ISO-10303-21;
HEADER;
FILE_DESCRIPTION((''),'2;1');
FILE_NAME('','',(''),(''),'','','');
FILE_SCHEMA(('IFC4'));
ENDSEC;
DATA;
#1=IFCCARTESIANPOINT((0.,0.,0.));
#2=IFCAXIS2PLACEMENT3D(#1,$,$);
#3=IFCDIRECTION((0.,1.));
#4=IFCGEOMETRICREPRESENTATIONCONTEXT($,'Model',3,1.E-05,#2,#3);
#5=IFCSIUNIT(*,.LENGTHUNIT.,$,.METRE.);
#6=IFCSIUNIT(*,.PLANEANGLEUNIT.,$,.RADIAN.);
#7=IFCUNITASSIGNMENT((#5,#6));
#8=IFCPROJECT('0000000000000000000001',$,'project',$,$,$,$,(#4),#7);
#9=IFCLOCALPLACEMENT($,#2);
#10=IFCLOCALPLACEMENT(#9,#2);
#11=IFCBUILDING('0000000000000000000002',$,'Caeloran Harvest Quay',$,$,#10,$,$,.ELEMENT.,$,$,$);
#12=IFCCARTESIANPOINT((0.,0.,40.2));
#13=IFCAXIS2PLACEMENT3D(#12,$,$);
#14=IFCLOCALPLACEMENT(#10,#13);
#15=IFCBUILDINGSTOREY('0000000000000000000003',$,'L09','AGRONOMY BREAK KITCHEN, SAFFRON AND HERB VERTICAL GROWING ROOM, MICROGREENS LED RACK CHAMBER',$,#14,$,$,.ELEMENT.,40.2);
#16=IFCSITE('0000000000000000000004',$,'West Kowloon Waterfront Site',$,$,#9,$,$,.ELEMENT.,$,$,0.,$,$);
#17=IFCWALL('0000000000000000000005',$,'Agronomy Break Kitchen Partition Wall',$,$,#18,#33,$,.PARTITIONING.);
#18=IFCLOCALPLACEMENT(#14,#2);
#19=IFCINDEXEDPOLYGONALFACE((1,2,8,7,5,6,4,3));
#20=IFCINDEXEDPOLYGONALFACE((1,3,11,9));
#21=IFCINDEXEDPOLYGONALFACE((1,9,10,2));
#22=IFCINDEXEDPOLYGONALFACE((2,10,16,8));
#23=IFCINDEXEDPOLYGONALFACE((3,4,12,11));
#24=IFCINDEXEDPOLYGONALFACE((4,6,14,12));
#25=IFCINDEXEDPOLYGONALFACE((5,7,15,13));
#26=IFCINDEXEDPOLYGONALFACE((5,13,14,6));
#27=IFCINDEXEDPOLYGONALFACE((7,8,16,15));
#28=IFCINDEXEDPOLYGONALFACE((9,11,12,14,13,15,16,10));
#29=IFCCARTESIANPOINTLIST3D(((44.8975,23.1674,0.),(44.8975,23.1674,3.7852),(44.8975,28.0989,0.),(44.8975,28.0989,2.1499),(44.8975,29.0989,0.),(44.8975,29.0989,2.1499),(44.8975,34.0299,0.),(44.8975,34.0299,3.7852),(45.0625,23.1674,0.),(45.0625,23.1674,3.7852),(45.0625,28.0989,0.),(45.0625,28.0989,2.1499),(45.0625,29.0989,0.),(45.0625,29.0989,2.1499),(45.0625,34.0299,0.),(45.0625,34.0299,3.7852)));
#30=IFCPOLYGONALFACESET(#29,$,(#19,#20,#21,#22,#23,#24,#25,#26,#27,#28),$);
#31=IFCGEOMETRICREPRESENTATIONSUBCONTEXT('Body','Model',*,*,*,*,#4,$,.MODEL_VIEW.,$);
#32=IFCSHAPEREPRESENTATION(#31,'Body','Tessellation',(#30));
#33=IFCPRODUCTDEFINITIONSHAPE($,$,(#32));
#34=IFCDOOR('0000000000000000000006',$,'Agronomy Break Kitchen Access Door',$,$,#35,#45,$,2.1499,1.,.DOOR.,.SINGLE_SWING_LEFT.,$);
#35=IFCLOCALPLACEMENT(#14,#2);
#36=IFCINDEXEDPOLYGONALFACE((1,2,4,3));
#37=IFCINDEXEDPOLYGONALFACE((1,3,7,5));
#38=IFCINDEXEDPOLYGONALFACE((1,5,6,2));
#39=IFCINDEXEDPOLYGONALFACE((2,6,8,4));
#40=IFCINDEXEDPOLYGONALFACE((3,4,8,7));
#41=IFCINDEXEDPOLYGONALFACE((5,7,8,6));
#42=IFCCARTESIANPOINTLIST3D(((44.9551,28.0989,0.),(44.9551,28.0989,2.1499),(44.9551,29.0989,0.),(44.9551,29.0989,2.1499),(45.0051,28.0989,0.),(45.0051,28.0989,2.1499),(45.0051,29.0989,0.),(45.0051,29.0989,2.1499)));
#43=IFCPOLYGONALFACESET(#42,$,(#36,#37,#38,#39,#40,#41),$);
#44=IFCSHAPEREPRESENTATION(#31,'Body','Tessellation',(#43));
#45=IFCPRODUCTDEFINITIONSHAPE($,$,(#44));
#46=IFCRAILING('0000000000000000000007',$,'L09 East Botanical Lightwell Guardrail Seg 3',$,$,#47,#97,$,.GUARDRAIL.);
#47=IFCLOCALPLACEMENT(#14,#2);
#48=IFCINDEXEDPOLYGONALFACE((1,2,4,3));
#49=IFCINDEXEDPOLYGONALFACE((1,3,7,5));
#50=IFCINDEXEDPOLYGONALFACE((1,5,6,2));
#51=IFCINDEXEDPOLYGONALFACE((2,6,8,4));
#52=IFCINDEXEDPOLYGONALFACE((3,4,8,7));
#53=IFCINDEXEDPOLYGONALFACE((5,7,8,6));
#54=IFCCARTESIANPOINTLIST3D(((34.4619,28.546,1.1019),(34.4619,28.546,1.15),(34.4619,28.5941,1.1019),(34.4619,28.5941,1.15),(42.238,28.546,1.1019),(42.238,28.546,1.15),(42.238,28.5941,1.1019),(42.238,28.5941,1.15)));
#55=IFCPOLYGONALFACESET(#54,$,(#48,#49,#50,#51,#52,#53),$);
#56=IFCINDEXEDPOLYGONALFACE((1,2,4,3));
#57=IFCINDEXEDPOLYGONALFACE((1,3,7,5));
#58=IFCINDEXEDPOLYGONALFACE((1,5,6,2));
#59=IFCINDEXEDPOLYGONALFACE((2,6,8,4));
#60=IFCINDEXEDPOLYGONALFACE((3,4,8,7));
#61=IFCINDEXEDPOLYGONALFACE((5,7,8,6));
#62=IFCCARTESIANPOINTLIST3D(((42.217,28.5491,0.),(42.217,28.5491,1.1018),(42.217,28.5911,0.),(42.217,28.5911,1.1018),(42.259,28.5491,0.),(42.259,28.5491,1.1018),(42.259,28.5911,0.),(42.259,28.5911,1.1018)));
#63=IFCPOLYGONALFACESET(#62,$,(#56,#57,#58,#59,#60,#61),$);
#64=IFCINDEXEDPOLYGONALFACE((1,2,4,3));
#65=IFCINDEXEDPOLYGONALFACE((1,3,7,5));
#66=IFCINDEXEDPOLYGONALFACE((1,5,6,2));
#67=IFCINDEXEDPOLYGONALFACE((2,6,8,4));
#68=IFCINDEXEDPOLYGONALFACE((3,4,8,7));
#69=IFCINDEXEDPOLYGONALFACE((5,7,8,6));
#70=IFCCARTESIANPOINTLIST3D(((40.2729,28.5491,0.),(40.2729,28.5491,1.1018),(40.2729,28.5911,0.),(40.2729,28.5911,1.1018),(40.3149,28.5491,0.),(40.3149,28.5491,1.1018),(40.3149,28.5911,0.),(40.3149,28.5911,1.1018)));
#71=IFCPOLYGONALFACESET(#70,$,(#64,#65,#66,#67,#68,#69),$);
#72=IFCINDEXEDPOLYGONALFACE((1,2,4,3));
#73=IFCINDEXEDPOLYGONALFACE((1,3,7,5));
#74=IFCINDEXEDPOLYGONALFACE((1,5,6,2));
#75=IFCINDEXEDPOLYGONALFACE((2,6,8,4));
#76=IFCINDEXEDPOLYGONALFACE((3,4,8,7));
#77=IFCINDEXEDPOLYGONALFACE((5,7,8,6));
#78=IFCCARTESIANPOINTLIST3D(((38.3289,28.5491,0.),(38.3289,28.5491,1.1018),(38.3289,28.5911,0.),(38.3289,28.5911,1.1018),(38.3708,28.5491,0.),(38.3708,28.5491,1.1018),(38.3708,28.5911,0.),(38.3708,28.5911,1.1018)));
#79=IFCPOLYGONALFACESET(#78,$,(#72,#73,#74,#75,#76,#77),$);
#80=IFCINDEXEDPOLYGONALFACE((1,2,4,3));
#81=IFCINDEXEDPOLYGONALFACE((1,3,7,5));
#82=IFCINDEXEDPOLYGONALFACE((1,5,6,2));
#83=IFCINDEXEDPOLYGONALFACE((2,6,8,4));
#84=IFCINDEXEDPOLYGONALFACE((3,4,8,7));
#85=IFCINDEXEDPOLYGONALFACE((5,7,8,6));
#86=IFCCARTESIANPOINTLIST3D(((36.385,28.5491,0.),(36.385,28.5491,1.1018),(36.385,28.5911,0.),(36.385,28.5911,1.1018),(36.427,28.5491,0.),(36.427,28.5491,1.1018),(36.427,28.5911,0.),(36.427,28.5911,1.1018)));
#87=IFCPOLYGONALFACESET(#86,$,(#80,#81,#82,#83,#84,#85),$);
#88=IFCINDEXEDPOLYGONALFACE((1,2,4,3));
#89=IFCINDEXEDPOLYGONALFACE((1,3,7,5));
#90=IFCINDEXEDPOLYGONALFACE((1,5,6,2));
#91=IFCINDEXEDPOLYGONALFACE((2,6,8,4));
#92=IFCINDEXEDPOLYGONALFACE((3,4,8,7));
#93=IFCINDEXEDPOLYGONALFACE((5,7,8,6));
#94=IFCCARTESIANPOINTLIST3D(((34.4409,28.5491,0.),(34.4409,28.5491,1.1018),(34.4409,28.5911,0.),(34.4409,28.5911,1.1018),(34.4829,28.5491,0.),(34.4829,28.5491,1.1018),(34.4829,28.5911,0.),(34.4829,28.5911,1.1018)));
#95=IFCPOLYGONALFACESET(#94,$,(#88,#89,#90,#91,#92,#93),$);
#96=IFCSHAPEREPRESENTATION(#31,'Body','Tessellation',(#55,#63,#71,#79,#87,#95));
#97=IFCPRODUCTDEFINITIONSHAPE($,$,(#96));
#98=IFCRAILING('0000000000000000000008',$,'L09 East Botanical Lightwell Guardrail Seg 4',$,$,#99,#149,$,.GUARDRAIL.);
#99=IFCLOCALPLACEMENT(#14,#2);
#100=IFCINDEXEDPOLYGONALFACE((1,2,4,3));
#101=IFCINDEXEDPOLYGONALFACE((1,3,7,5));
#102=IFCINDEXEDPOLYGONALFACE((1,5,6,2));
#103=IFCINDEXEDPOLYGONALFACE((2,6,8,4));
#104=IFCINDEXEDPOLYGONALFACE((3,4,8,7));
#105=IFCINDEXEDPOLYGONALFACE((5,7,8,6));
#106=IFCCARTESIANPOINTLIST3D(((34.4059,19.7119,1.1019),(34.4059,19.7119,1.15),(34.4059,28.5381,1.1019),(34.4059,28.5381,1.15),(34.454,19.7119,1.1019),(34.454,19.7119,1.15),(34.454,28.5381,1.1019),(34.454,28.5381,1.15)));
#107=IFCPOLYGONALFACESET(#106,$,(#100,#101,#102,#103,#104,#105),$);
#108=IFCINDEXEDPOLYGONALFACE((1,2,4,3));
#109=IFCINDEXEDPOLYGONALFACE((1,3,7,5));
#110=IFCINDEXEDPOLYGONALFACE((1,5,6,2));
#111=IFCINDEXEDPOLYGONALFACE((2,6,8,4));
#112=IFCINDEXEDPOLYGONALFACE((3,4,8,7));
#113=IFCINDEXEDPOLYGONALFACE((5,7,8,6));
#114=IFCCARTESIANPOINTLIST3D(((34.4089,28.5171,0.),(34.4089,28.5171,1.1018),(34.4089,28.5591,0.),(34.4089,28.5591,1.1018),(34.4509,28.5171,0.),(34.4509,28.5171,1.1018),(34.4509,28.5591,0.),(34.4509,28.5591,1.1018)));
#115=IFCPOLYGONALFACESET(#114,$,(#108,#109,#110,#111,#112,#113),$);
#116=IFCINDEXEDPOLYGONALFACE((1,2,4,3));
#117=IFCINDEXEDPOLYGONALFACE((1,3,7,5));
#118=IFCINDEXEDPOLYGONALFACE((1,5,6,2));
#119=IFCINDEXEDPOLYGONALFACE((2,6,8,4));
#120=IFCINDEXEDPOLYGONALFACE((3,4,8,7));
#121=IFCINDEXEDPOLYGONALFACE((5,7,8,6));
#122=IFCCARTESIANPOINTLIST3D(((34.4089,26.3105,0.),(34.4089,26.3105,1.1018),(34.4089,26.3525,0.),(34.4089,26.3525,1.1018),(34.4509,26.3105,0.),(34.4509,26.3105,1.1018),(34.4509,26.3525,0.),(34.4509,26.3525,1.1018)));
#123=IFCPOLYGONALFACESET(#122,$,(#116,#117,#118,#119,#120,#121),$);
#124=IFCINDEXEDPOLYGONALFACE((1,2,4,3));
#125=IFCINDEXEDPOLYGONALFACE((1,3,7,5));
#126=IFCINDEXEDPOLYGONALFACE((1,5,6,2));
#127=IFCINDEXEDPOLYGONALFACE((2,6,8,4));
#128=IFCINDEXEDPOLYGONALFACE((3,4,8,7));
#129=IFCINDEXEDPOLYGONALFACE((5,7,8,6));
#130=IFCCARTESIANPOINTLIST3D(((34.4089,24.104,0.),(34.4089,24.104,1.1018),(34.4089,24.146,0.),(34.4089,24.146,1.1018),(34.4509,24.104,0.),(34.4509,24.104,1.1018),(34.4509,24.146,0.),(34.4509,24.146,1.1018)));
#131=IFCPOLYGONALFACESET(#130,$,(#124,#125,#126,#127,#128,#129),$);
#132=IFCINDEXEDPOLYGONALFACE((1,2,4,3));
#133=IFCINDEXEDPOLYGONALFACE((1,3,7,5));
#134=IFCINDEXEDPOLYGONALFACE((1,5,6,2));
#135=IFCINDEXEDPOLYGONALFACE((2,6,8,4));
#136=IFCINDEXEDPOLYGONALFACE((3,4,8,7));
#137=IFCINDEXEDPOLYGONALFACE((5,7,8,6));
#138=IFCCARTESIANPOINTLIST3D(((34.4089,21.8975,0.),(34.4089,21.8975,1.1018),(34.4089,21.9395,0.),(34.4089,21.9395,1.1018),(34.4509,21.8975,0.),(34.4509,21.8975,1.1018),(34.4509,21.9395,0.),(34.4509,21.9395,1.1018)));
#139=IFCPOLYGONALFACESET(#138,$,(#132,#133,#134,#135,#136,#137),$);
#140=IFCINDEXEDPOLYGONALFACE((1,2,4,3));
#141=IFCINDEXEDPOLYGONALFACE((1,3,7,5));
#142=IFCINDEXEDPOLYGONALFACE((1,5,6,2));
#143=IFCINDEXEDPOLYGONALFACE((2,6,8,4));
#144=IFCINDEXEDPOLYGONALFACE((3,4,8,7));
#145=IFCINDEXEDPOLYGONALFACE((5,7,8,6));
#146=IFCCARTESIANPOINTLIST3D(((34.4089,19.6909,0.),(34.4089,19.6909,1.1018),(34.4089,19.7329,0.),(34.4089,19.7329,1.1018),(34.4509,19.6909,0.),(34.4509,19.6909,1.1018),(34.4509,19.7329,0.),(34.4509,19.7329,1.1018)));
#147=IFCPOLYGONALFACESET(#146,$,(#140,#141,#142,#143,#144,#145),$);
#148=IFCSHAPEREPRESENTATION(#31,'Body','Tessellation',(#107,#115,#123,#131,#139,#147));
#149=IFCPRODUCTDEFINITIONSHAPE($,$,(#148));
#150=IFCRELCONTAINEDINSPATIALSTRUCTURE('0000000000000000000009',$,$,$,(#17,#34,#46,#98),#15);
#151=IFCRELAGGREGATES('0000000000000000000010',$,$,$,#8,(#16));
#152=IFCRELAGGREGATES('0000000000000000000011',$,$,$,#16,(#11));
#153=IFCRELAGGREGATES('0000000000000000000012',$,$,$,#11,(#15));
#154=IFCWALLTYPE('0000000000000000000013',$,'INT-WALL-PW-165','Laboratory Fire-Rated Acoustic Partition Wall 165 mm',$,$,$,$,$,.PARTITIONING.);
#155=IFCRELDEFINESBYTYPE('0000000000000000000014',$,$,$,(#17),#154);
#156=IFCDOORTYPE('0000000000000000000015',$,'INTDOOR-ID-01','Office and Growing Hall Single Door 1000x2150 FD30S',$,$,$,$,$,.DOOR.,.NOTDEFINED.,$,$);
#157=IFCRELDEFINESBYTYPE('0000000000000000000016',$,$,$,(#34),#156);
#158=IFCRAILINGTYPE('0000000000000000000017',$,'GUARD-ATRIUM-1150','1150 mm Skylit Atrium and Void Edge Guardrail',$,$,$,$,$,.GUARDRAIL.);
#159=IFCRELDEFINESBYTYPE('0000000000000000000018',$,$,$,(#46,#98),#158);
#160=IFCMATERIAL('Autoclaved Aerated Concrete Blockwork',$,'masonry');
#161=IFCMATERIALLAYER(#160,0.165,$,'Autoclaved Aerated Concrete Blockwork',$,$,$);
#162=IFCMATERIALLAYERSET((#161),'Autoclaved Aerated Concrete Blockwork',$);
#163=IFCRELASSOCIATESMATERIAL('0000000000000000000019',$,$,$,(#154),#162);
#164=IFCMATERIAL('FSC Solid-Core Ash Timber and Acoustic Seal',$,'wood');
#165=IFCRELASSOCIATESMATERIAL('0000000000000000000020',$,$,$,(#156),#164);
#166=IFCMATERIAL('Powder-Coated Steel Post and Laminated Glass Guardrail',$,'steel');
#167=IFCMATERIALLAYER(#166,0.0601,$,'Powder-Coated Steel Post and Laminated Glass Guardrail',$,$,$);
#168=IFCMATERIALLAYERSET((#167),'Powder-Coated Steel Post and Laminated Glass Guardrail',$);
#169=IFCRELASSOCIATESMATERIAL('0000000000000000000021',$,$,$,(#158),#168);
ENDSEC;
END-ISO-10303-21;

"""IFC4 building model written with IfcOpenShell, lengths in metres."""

from ifc_helpers import new_model, si_unit, direction, frame, frame_2d, origin, origin_2d, place, context, subcontext, project, spatial, rectangle, extrude, material, layer, layer_set, type_object, element, fill, save


model = new_model("IFC4")

# Units and contexts
model_context = context("Model", 3, precision=1e-05, world=origin(), true_north=direction((0.0, 1.0)))
body_context = subcontext(model_context, "Body", "Model", "MODEL_VIEW")
ifc_project = project(units=[si_unit("LENGTHUNIT", "METRE"), si_unit("PLANEANGLEUNIT", "RADIAN")], contexts=[model_context])

# Site, building, storey
site_placement = place(None, origin())
site = spatial("IfcSite", under=ifc_project, at=site_placement, Name="West Kowloon Waterfront Site", CompositionType="ELEMENT", RefElevation=0.0)
building_placement = place(site_placement, origin())
building = spatial("IfcBuilding", under=site, at=building_placement, Name="Caeloran Harvest Quay", CompositionType="ELEMENT")
storey_placement = place(building_placement, frame((0.0, 0.0, 40.2)))
storey = spatial("IfcBuildingStorey", under=building, at=storey_placement, Name="L09", Description="AGRONOMY BREAK KITCHEN, SAFFRON AND HERB VERTICAL GROWING ROOM, MICROGREENS LED RACK CHAMBER", CompositionType="ELEMENT", Elevation=40.2)

# Shared definitions
ifc_material_1 = material(Name="Autoclaved Aerated Concrete Blockwork", Category="masonry")
ifc_layer_1 = layer(ifc_material_1, 0.165, Name="Autoclaved Aerated Concrete Blockwork")
ifc_layer_set_1 = layer_set([ifc_layer_1], Name="Autoclaved Aerated Concrete Blockwork")
wall_type = type_object("IfcWallType", Name="INT-WALL-PW-165", Description="Laboratory Fire-Rated Acoustic Partition Wall 165 mm", PredefinedType="PARTITIONING", material=ifc_layer_set_1)

# Wall, opening, door
wall_1_placement = place(storey_placement, frame((44.98, 23.1675, 0.0), z_axis=(0.0, 0.0, 1.0), x_axis=(0.0, 1.0, 0.0)))
wall_1 = element("IfcWall", 1, at=wall_1_placement, inside=storey, type_object=wall_type, Name="Agronomy Break Kitchen Partition Wall", PredefinedType="PARTITIONING", context=body_context, shape_type="SweptSolid", body=[
    extrude(rectangle(XDim=10.8625, YDim=0.165, at=frame_2d((5.4312, 0.0))), origin(), (0.0, 0.0, 1.0), 3.7852),
])
opening_placement = place(wall_1_placement, frame((4.9314, 0.0, 0.0)))
opening = element("IfcOpeningElement", 2, at=opening_placement, cuts=wall_1, PredefinedType="OPENING", context=body_context, shape_type="SweptSolid", body=[
    extrude(rectangle(XDim=1.0, YDim=2.1499, at=frame_2d((0.5, 1.075))), frame((0.0, 0.0925, 0.0), z_axis=(0.0, -1.0, 0.0), x_axis=(1.0, 0.0, 0.0)), (0.0, 0.0, 1.0), 0.1851),
])
ifc_material_2 = material(Name="FSC Solid-Core Ash Timber and Acoustic Seal", Category="wood")
door_type = type_object("IfcDoorType", Name="INTDOOR-ID-01", Description="Office and Growing Hall Single Door 1000x2150 FD30S", OperationType="NOTDEFINED", PredefinedType="DOOR", material=ifc_material_2)
door_placement = place(opening_placement, origin())
door = element("IfcDoor", 3, at=door_placement, inside=storey, type_object=door_type, Name="Agronomy Break Kitchen Access Door", OperationType="SINGLE_SWING_LEFT", OverallHeight=2.1499, OverallWidth=1.0, PredefinedType="DOOR", context=body_context, shape_type="SweptSolid", body=[
    extrude(rectangle(XDim=1.0, YDim=2.1499, at=frame_2d((0.5, 1.075))), frame((0.0, 0.0249, 0.0), z_axis=(0.0, -1.0, 0.0), x_axis=(1.0, 0.0, 0.0)), (0.0, 0.0, 1.0), 0.05),
])
fill(opening, door)

# Railings
ifc_material_3 = material(Name="Powder-Coated Steel Post and Laminated Glass Guardrail", Category="steel")
ifc_layer_2 = layer(ifc_material_3, 0.0601, Name="Powder-Coated Steel Post and Laminated Glass Guardrail")
ifc_layer_set_2 = layer_set([ifc_layer_2], Name="Powder-Coated Steel Post and Laminated Glass Guardrail")
railing_type = type_object("IfcRailingType", Name="GUARD-ATRIUM-1150", Description="1150 mm Skylit Atrium and Void Edge Guardrail", PredefinedType="GUARDRAIL", material=ifc_layer_set_2)
railing_1_placement = place(storey_placement, frame((42.238, 28.5701, 0.0)))
element("IfcRailing", 4, at=railing_1_placement, inside=storey, type_object=railing_type, Name="L09 East Botanical Lightwell Guardrail Seg 3", PredefinedType="GUARDRAIL", context=body_context, shape_type="SweptSolid", body=[
    extrude(rectangle(XDim=0.0481, YDim=0.0481, at=origin_2d()), frame((0.0, 0.0, 1.126), z_axis=(-1.0, 0.0, 0.0), x_axis=(0.0, -1.0, 0.0)), (0.0, 0.0, 1.0), 7.7761),
    extrude(rectangle(XDim=0.042, YDim=0.042, at=origin_2d()), origin(), (0.0, 0.0, 1.0), 1.1018),
    extrude(rectangle(XDim=0.042, YDim=0.042, at=origin_2d()), frame((-1.9441, 0.0, 0.0)), (0.0, 0.0, 1.0), 1.1018),
    extrude(rectangle(XDim=0.042, YDim=0.042, at=origin_2d()), frame((-3.8882, 0.0, 0.0)), (0.0, 0.0, 1.0), 1.1018),
    extrude(rectangle(XDim=0.042, YDim=0.042, at=origin_2d()), frame((-5.832, 0.0, 0.0)), (0.0, 0.0, 1.0), 1.1018),
    extrude(rectangle(XDim=0.042, YDim=0.042, at=origin_2d()), frame((-7.7761, 0.0, 0.0)), (0.0, 0.0, 1.0), 1.1018),
])
railing_2_placement = place(storey_placement, frame((34.4299, 28.5381, 0.0)))
element("IfcRailing", 5, at=railing_2_placement, inside=storey, type_object=railing_type, Name="L09 East Botanical Lightwell Guardrail Seg 4", PredefinedType="GUARDRAIL", context=body_context, shape_type="SweptSolid", body=[
    extrude(rectangle(XDim=0.0481, YDim=0.0481, at=origin_2d()), frame((0.0, 0.0, 1.126), z_axis=(0.0, -1.0, 0.0), x_axis=(1.0, 0.0, 0.0)), (0.0, 0.0, 1.0), 8.8262),
    extrude(rectangle(XDim=0.042, YDim=0.042, at=origin_2d()), origin(), (0.0, 0.0, 1.0), 1.1018),
    extrude(rectangle(XDim=0.042, YDim=0.042, at=origin_2d()), frame((0.0, -2.2065, 0.0)), (0.0, 0.0, 1.0), 1.1018),
    extrude(rectangle(XDim=0.042, YDim=0.042, at=origin_2d()), frame((0.0, -4.4131, 0.0)), (0.0, 0.0, 1.0), 1.1018),
    extrude(rectangle(XDim=0.042, YDim=0.042, at=origin_2d()), frame((0.0, -6.6196, 0.0)), (0.0, 0.0, 1.0), 1.1018),
    extrude(rectangle(XDim=0.042, YDim=0.042, at=origin_2d()), frame((0.0, -8.8262, 0.0)), (0.0, 0.0, 1.0), 1.1018),
])

save(model, "model.ifc")
